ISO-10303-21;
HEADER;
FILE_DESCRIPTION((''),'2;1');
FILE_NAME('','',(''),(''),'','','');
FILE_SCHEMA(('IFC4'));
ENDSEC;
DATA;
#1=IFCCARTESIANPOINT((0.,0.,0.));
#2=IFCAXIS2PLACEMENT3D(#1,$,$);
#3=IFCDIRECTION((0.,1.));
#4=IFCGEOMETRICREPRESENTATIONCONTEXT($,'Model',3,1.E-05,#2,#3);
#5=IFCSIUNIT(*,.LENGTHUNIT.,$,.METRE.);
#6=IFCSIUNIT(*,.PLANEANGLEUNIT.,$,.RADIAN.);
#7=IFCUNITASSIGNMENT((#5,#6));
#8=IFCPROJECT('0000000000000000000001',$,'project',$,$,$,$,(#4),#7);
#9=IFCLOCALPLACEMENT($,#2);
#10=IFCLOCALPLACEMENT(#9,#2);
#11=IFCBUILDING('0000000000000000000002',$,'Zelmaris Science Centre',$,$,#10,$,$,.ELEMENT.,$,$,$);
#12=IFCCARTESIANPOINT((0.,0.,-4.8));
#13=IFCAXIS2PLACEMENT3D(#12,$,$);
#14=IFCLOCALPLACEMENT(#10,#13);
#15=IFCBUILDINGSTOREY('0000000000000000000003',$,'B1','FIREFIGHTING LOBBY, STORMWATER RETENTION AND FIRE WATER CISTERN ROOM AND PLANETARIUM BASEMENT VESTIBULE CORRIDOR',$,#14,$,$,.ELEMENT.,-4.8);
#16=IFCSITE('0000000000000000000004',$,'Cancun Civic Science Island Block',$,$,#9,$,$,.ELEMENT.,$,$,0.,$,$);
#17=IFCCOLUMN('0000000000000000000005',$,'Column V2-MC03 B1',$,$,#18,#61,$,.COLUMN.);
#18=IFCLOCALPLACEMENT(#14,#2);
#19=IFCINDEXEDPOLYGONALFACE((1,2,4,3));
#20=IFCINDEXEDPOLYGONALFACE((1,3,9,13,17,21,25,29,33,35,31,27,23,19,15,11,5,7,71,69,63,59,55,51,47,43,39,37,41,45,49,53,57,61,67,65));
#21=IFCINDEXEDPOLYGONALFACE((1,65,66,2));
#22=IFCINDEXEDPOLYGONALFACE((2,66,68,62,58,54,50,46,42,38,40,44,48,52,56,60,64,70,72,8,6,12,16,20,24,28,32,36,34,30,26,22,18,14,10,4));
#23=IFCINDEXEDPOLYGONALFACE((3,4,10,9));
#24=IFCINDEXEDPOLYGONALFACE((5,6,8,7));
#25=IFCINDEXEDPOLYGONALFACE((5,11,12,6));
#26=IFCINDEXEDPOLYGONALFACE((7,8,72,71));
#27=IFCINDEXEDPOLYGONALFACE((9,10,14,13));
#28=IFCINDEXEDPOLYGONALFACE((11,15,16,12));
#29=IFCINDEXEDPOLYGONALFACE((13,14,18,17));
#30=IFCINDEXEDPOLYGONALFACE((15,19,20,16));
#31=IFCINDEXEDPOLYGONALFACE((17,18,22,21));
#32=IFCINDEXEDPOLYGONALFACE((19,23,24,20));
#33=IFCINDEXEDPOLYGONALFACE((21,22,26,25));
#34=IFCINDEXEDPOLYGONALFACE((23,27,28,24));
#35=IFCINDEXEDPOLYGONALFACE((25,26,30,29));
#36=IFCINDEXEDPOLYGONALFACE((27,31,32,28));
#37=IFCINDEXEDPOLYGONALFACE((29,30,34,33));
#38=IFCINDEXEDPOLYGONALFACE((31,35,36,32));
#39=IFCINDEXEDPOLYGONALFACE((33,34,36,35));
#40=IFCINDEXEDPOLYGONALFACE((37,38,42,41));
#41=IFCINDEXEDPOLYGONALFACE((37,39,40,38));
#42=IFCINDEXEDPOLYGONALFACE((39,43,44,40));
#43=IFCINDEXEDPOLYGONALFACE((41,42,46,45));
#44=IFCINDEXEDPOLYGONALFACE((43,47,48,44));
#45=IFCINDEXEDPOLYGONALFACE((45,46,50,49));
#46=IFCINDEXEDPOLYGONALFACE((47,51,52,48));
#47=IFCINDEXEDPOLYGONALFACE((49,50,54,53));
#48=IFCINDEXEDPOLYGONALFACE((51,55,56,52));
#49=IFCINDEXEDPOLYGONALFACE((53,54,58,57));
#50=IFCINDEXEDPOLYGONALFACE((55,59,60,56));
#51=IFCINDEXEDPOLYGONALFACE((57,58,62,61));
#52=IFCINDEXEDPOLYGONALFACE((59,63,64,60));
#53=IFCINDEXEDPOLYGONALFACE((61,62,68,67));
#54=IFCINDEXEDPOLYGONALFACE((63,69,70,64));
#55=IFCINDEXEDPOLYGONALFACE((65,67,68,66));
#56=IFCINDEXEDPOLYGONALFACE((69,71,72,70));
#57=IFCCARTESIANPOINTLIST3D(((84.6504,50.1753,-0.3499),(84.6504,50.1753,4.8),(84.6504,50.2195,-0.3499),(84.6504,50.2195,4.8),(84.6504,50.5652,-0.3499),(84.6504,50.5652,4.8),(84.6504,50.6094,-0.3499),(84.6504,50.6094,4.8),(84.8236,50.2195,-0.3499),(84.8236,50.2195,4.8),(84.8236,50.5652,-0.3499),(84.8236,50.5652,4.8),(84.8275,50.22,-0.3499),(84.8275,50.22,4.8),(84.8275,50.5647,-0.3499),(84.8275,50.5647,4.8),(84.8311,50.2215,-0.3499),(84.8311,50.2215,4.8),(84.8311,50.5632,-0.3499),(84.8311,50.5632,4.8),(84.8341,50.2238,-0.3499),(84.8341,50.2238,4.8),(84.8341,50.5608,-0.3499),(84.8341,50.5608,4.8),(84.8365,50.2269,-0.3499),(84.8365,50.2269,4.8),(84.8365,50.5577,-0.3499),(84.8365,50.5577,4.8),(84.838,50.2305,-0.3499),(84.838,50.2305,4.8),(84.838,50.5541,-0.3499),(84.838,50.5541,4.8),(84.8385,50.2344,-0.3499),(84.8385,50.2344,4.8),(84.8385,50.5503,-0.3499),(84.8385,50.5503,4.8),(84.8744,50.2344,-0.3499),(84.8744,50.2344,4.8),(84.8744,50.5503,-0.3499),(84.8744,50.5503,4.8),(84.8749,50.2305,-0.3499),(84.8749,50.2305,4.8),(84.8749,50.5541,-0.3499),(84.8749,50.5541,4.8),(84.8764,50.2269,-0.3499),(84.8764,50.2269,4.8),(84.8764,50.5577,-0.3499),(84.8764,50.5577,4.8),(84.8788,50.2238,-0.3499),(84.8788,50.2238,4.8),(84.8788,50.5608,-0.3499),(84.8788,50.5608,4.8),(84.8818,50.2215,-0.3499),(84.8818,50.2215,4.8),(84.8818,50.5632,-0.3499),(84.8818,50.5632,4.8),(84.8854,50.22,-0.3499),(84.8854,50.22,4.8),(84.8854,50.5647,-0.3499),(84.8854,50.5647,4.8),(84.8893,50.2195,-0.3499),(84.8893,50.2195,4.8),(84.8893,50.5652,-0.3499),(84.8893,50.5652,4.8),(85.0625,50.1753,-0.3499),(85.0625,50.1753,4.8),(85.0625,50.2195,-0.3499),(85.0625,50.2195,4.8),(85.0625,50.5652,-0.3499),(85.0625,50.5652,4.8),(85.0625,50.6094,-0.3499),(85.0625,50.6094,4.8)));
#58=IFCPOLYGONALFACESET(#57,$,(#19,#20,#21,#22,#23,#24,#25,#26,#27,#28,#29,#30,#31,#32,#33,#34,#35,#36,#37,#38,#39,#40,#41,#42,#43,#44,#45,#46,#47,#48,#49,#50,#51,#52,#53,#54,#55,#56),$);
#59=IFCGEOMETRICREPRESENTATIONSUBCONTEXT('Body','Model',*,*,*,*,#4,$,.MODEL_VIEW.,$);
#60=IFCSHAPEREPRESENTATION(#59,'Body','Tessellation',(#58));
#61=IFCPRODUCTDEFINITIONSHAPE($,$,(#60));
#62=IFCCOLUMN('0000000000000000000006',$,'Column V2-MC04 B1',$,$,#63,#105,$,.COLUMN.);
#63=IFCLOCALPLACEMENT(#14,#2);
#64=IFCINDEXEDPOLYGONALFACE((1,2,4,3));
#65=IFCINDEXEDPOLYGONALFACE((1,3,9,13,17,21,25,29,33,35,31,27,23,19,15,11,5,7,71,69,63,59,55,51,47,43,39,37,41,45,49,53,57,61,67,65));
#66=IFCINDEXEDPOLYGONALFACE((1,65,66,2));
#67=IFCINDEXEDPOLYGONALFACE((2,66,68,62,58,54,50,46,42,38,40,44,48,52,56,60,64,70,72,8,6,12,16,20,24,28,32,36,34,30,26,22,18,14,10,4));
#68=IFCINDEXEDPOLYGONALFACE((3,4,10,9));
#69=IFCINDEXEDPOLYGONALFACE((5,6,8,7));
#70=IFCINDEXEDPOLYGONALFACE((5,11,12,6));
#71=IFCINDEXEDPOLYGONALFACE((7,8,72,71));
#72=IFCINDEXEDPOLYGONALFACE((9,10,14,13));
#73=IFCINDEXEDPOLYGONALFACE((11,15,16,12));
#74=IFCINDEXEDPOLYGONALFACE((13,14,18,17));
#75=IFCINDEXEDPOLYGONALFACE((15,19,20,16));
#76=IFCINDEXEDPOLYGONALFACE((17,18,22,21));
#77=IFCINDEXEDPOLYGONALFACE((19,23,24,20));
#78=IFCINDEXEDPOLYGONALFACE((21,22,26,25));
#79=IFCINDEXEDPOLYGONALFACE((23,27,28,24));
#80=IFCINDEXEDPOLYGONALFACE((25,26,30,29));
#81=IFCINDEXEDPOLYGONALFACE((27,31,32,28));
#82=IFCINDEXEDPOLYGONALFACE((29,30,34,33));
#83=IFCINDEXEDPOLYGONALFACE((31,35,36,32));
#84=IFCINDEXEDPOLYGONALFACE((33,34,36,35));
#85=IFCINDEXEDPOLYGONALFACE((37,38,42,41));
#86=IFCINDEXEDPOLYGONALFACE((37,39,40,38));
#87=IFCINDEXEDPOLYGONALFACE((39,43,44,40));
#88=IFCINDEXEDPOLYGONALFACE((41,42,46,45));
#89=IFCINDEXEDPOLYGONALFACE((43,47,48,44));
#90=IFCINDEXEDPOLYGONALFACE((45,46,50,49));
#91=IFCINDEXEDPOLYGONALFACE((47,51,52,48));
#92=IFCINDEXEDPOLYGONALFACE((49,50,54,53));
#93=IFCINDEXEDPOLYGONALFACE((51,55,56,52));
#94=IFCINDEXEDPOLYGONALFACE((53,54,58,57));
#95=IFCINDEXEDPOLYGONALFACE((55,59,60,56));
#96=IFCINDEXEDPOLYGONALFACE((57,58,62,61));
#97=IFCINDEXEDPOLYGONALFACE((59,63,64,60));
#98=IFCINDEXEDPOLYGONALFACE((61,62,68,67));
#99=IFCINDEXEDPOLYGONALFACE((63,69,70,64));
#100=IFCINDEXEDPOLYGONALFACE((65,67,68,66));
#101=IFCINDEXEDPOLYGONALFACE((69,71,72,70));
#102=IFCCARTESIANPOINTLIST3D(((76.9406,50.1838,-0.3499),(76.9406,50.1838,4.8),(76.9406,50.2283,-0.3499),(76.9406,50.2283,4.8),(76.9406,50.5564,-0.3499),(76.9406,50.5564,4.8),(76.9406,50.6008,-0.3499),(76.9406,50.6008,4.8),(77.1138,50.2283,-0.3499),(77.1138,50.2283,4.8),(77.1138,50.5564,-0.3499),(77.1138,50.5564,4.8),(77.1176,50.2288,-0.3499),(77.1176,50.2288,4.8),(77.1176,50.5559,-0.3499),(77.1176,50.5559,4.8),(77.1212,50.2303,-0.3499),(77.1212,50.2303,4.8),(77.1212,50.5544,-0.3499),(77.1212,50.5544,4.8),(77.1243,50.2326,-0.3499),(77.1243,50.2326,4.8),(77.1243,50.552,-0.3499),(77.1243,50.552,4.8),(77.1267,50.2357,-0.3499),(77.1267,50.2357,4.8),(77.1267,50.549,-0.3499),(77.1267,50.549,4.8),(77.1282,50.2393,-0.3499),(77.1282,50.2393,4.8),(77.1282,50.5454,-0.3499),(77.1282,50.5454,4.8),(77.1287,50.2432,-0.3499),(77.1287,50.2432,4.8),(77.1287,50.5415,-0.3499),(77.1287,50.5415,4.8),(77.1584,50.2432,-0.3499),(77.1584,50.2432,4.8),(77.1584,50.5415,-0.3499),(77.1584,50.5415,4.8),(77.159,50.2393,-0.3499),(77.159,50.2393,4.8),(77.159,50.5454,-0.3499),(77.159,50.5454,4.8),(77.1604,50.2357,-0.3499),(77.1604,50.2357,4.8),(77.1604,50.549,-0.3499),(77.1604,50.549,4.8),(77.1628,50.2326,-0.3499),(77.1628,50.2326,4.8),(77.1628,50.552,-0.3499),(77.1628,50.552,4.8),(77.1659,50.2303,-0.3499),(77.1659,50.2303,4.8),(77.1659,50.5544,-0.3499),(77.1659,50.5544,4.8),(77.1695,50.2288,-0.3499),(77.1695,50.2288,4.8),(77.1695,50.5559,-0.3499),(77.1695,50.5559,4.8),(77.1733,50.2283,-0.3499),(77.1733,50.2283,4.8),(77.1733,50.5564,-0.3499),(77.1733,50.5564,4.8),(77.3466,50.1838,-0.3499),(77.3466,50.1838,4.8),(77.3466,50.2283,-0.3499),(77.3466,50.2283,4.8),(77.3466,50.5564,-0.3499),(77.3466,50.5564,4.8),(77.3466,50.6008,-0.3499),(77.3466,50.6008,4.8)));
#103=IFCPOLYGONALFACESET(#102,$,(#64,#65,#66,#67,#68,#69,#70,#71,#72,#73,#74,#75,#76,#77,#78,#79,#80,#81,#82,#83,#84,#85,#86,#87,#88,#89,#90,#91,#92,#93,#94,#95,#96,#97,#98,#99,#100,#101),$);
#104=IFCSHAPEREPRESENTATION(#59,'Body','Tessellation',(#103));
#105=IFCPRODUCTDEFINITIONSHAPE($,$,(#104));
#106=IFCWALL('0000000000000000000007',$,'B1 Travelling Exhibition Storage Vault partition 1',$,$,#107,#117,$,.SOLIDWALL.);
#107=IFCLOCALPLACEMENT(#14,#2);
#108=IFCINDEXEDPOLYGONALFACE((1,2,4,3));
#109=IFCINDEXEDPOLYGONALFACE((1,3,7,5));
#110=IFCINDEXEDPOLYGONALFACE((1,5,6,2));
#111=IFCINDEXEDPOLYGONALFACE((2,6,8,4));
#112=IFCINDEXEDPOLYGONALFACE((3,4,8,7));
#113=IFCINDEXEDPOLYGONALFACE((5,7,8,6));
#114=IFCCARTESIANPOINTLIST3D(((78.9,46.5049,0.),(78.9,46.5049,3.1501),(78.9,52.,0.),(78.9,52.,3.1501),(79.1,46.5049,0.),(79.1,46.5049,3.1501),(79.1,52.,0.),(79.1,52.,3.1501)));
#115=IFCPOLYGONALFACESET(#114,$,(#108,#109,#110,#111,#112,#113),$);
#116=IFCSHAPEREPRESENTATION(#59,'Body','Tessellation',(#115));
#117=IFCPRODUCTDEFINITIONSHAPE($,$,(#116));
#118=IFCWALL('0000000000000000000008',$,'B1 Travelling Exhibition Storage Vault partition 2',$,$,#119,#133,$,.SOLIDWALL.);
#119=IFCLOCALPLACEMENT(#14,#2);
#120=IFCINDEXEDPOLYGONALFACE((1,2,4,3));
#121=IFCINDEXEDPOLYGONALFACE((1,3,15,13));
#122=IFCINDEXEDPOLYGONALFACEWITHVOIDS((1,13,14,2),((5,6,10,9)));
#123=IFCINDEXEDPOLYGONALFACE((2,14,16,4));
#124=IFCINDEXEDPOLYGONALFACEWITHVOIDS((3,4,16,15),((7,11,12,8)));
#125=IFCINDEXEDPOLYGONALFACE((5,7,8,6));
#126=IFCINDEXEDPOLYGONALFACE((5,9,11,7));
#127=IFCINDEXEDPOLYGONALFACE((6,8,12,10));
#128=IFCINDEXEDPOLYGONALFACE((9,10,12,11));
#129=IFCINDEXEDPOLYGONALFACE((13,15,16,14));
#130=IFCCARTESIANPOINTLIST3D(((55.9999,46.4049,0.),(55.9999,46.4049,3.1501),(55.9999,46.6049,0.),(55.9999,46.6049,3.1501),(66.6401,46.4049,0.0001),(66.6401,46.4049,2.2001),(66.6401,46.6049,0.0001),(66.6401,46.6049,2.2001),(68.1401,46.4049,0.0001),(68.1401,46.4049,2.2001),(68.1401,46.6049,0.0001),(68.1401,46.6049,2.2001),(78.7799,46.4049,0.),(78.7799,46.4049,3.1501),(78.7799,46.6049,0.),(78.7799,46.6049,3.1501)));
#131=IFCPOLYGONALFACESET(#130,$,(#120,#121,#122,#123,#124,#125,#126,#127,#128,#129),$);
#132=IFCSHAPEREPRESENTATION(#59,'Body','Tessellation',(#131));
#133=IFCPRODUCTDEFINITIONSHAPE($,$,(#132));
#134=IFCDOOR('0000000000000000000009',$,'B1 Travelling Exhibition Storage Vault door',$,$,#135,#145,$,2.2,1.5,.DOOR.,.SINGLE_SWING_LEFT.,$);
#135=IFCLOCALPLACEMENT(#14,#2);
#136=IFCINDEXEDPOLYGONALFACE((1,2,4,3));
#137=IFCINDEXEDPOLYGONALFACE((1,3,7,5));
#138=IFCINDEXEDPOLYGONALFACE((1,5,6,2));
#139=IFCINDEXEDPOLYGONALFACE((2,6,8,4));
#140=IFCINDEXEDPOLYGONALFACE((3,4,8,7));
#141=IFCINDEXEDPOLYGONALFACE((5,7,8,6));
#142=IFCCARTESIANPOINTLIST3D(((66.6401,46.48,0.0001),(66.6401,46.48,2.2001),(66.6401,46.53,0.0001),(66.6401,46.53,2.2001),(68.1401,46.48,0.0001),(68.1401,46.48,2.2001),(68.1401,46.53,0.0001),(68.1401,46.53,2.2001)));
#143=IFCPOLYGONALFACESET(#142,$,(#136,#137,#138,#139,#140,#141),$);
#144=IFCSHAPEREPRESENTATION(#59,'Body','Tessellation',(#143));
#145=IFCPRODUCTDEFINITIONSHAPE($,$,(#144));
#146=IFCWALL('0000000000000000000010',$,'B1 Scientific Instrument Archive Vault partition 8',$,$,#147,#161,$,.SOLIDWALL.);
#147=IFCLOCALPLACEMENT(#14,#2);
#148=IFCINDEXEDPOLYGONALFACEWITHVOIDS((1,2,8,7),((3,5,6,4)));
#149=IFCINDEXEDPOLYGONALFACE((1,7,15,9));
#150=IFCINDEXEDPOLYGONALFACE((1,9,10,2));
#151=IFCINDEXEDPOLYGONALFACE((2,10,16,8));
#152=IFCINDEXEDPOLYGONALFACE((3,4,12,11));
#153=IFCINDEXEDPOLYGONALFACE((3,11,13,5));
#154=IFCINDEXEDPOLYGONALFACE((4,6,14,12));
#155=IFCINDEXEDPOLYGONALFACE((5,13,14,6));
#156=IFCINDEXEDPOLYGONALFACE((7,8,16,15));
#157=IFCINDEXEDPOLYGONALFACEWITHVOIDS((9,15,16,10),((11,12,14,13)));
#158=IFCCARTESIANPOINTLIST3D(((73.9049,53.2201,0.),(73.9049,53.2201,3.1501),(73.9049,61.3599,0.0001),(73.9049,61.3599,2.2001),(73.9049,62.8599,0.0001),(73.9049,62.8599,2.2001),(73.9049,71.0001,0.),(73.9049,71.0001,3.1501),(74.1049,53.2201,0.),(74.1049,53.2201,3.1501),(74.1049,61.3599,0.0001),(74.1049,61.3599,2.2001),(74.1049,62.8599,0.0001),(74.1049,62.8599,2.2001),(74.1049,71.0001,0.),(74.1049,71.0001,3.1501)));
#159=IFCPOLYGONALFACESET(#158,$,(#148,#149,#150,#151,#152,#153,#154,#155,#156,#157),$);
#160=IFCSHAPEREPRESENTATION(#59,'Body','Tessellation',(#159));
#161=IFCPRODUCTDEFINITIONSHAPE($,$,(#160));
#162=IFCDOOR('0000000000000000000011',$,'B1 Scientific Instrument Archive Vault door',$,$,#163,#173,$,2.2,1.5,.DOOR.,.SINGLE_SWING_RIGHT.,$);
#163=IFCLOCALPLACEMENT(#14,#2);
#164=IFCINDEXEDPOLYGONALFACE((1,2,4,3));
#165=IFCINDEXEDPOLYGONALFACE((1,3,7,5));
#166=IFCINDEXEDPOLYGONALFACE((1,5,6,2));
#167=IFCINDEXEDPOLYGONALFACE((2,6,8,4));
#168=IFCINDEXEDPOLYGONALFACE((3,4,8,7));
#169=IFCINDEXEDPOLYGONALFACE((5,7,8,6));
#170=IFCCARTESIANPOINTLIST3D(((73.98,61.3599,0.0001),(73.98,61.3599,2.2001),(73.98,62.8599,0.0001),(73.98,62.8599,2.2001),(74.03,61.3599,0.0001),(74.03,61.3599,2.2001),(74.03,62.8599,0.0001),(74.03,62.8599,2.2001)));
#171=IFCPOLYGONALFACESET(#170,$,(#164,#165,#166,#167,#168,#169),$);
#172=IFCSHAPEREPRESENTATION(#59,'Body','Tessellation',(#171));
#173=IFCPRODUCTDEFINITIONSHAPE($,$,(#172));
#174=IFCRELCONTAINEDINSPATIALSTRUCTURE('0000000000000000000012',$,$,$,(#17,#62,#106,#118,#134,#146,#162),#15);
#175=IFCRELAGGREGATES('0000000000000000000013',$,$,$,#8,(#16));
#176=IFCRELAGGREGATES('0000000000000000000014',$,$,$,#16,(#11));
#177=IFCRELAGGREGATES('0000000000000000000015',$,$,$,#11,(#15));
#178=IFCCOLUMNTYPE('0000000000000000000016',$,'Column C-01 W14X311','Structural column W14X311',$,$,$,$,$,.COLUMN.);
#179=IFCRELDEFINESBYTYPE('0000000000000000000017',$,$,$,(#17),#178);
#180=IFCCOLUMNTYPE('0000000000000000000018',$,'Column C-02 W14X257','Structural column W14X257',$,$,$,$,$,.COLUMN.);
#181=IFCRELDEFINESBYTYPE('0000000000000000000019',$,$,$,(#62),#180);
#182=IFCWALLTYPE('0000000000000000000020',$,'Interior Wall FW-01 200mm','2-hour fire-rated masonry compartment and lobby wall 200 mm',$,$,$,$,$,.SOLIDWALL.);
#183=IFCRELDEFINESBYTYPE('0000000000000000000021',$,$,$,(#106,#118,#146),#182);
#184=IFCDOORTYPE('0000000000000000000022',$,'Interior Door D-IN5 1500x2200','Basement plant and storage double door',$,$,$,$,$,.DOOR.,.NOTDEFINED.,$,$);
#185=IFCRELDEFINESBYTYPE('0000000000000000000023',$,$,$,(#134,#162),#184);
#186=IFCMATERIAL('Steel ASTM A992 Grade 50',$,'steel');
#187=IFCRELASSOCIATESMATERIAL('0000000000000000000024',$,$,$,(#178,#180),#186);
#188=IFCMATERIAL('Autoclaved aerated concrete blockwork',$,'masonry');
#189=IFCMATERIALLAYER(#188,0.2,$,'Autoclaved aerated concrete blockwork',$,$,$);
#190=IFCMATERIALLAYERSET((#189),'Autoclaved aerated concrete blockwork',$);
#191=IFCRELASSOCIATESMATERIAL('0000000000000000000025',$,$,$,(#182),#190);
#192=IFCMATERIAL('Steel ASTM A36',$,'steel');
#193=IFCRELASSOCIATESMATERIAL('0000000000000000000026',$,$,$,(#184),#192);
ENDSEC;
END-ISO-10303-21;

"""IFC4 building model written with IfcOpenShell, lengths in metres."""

from ifc_helpers import new_model, si_unit, direction, frame, frame_2d, origin, origin_2d, place, context, subcontext, project, spatial, rectangle, i_section, extrude, material, layer, layer_set, material_profile, profile_set, type_object, element, fill, save


model = new_model("IFC4")

# Units and contexts
model_context = context("Model", 3, precision=1e-05, world=origin(), true_north=direction((0.0, 1.0)))
body_context = subcontext(model_context, "Body", "Model", "MODEL_VIEW")
ifc_project = project(units=[si_unit("LENGTHUNIT", "METRE"), si_unit("PLANEANGLEUNIT", "RADIAN")], contexts=[model_context])

# Site, building, storey
site_placement = place(None, origin())
site = spatial("IfcSite", under=ifc_project, at=site_placement, Name="Cancun Civic Science Island Block", CompositionType="ELEMENT", RefElevation=0.0)
building_placement = place(site_placement, origin())
building = spatial("IfcBuilding", under=site, at=building_placement, Name="Zelmaris Science Centre", CompositionType="ELEMENT")
storey_placement = place(building_placement, frame((0.0, 0.0, -4.8)))
storey = spatial("IfcBuildingStorey", under=building, at=storey_placement, Name="B1", Description="FIREFIGHTING LOBBY, STORMWATER RETENTION AND FIRE WATER CISTERN ROOM AND PLANETARIUM BASEMENT VESTIBULE CORRIDOR", CompositionType="ELEMENT", Elevation=-4.8)

# Columns
ifc_material_1 = material(Name="Steel ASTM A992 Grade 50", Category="steel")
ifc_material_profile_1 = material_profile(ifc_material_1, i_section(OverallWidth=0.4121, OverallDepth=0.4341, WebThickness=0.0359, FlangeThickness=0.0442, FilletRadius=0.0149, at=origin_2d()), Name="W14X311")
ifc_profile_set_1 = profile_set([ifc_material_profile_1], Name="Steel ASTM A992 Grade 50")
column_type_1 = type_object("IfcColumnType", Name="Column C-01 W14X311", Description="Structural column W14X311", PredefinedType="COLUMN", material=ifc_profile_set_1)
column_1_placement = place(storey_placement, frame((84.8564, 50.3923, -0.3499), z_axis=(0.0, 0.0, 1.0), x_axis=(1.0, 0.0, 0.0)))
element("IfcColumn", 1, at=column_1_placement, inside=storey, type_object=column_type_1, Name="Column V2-MC03 B1", PredefinedType="COLUMN", context=body_context, shape_type="SweptSolid", body=[
    extrude(i_section(OverallWidth=0.4121, OverallDepth=0.4341, WebThickness=0.0359, FlangeThickness=0.0442, FilletRadius=0.0149, at=origin_2d()), origin(), (0.0, 0.0, 1.0), 5.1499),
])
ifc_material_profile_2 = material_profile(ifc_material_1, i_section(OverallWidth=0.406, OverallDepth=0.417, WebThickness=0.0298, FlangeThickness=0.0444, FilletRadius=0.0149, at=origin_2d()), Name="W14X257")
ifc_profile_set_2 = profile_set([ifc_material_profile_2], Name="Steel ASTM A992 Grade 50")
column_type_2 = type_object("IfcColumnType", Name="Column C-02 W14X257", Description="Structural column W14X257", PredefinedType="COLUMN", material=ifc_profile_set_2)
column_2_placement = place(storey_placement, frame((77.1436, 50.3923, -0.3499), z_axis=(0.0, 0.0, 1.0), x_axis=(1.0, 0.0, 0.0)))
element("IfcColumn", 2, at=column_2_placement, inside=storey, type_object=column_type_2, Name="Column V2-MC04 B1", PredefinedType="COLUMN", context=body_context, shape_type="SweptSolid", body=[
    extrude(i_section(OverallWidth=0.406, OverallDepth=0.417, WebThickness=0.0298, FlangeThickness=0.0444, FilletRadius=0.0149, at=origin_2d()), origin(), (0.0, 0.0, 1.0), 5.1499),
])

# Wall
ifc_material_2 = material(Name="Autoclaved aerated concrete blockwork", Category="masonry")
ifc_layer_1 = layer(ifc_material_2, 0.2, Name="Autoclaved aerated concrete blockwork")
ifc_layer_set_1 = layer_set([ifc_layer_1], Name="Autoclaved aerated concrete blockwork")
wall_type_1 = type_object("IfcWallType", Name="Interior Wall FW-01 200mm", Description="2-hour fire-rated masonry compartment and lobby wall 200 mm", PredefinedType="SOLIDWALL", material=ifc_layer_set_1)
wall_1_placement = place(storey_placement, frame((79.0, 52.0, 0.0), z_axis=(0.0, 0.0, 1.0), x_axis=(0.0, -1.0, 0.0)))
element("IfcWall", 3, at=wall_1_placement, inside=storey, type_object=wall_type_1, Name="B1 Travelling Exhibition Storage Vault partition 1", PredefinedType="SOLIDWALL", context=body_context, shape_type="SweptSolid", body=[
    extrude(rectangle(XDim=5.4951, YDim=0.2, at=frame_2d((2.7476, 0.0))), origin(), (0.0, 0.0, 1.0), 3.1501),
])

# Walls, openings, doors
wall_2_placement = place(storey_placement, frame((78.78, 46.5049, 0.0), z_axis=(0.0, 0.0, 1.0), x_axis=(-1.0, 0.0, 0.0)))
wall_2 = element("IfcWall", 4, at=wall_2_placement, inside=storey, type_object=wall_type_1, Name="B1 Travelling Exhibition Storage Vault partition 2", PredefinedType="SOLIDWALL", context=body_context, shape_type="SweptSolid", body=[
    extrude(rectangle(XDim=22.78, YDim=0.2, at=frame_2d((11.3901, 0.0))), origin(), (0.0, 0.0, 1.0), 3.1501),
])
opening_1_placement = place(wall_2_placement, frame((10.6399, 0.0, 0.0)))
opening_1 = element("IfcOpeningElement", 5, at=opening_1_placement, cuts=wall_2, PredefinedType="OPENING", context=body_context, shape_type="SweptSolid", body=[
    extrude(rectangle(XDim=1.5, YDim=2.2, at=frame_2d((0.75, 1.1001))), frame((0.0, 0.1099, 0.0), z_axis=(0.0, -1.0, 0.0), x_axis=(1.0, 0.0, 0.0)), (0.0, 0.0, 1.0), 0.22),
])
ifc_material_3 = material(Name="Steel ASTM A36", Category="steel")
door_type = type_object("IfcDoorType", Name="Interior Door D-IN5 1500x2200", Description="Basement plant and storage double door", OperationType="NOTDEFINED", PredefinedType="DOOR", material=ifc_material_3)
door_1_placement = place(opening_1_placement, origin())
door_1 = element("IfcDoor", 6, at=door_1_placement, inside=storey, type_object=door_type, Name="B1 Travelling Exhibition Storage Vault door", OperationType="SINGLE_SWING_LEFT", OverallHeight=2.2, OverallWidth=1.5, PredefinedType="DOOR", context=body_context, shape_type="SweptSolid", body=[
    extrude(rectangle(XDim=1.5, YDim=2.2, at=frame_2d((0.75, 1.1001))), frame((0.0, 0.0249, 0.0), z_axis=(0.0, -1.0, 0.0), x_axis=(1.0, 0.0, 0.0)), (0.0, 0.0, 1.0), 0.05),
])
fill(opening_1, door_1)
wall_3_placement = place(storey_placement, frame((74.0049, 53.22, 0.0), z_axis=(0.0, 0.0, 1.0), x_axis=(0.0, 1.0, 0.0)))
wall_3 = element("IfcWall", 7, at=wall_3_placement, inside=storey, type_object=wall_type_1, Name="B1 Scientific Instrument Archive Vault partition 8", PredefinedType="SOLIDWALL", context=body_context, shape_type="SweptSolid", body=[
    extrude(rectangle(XDim=17.78, YDim=0.2, at=frame_2d((8.8901, 0.0))), origin(), (0.0, 0.0, 1.0), 3.1501),
])
opening_2_placement = place(wall_3_placement, frame((8.1399, 0.0, 0.0)))
opening_2 = element("IfcOpeningElement", 8, at=opening_2_placement, cuts=wall_3, PredefinedType="OPENING", context=body_context, shape_type="SweptSolid", body=[
    extrude(rectangle(XDim=1.5, YDim=2.2, at=frame_2d((0.75, 1.1001))), frame((0.0, 0.1099, 0.0), z_axis=(0.0, -1.0, 0.0), x_axis=(1.0, 0.0, 0.0)), (0.0, 0.0, 1.0), 0.22),
])
door_2_placement = place(opening_2_placement, origin())
door_2 = element("IfcDoor", 9, at=door_2_placement, inside=storey, type_object=door_type, Name="B1 Scientific Instrument Archive Vault door", OperationType="SINGLE_SWING_RIGHT", OverallHeight=2.2, OverallWidth=1.5, PredefinedType="DOOR", context=body_context, shape_type="SweptSolid", body=[
    extrude(rectangle(XDim=1.5, YDim=2.2, at=frame_2d((0.75, 1.1001))), frame((0.0, 0.0249, 0.0), z_axis=(0.0, -1.0, 0.0), x_axis=(1.0, 0.0, 0.0)), (0.0, 0.0, 1.0), 0.05),
])
fill(opening_2, door_2)

save(model, "model.ifc")
